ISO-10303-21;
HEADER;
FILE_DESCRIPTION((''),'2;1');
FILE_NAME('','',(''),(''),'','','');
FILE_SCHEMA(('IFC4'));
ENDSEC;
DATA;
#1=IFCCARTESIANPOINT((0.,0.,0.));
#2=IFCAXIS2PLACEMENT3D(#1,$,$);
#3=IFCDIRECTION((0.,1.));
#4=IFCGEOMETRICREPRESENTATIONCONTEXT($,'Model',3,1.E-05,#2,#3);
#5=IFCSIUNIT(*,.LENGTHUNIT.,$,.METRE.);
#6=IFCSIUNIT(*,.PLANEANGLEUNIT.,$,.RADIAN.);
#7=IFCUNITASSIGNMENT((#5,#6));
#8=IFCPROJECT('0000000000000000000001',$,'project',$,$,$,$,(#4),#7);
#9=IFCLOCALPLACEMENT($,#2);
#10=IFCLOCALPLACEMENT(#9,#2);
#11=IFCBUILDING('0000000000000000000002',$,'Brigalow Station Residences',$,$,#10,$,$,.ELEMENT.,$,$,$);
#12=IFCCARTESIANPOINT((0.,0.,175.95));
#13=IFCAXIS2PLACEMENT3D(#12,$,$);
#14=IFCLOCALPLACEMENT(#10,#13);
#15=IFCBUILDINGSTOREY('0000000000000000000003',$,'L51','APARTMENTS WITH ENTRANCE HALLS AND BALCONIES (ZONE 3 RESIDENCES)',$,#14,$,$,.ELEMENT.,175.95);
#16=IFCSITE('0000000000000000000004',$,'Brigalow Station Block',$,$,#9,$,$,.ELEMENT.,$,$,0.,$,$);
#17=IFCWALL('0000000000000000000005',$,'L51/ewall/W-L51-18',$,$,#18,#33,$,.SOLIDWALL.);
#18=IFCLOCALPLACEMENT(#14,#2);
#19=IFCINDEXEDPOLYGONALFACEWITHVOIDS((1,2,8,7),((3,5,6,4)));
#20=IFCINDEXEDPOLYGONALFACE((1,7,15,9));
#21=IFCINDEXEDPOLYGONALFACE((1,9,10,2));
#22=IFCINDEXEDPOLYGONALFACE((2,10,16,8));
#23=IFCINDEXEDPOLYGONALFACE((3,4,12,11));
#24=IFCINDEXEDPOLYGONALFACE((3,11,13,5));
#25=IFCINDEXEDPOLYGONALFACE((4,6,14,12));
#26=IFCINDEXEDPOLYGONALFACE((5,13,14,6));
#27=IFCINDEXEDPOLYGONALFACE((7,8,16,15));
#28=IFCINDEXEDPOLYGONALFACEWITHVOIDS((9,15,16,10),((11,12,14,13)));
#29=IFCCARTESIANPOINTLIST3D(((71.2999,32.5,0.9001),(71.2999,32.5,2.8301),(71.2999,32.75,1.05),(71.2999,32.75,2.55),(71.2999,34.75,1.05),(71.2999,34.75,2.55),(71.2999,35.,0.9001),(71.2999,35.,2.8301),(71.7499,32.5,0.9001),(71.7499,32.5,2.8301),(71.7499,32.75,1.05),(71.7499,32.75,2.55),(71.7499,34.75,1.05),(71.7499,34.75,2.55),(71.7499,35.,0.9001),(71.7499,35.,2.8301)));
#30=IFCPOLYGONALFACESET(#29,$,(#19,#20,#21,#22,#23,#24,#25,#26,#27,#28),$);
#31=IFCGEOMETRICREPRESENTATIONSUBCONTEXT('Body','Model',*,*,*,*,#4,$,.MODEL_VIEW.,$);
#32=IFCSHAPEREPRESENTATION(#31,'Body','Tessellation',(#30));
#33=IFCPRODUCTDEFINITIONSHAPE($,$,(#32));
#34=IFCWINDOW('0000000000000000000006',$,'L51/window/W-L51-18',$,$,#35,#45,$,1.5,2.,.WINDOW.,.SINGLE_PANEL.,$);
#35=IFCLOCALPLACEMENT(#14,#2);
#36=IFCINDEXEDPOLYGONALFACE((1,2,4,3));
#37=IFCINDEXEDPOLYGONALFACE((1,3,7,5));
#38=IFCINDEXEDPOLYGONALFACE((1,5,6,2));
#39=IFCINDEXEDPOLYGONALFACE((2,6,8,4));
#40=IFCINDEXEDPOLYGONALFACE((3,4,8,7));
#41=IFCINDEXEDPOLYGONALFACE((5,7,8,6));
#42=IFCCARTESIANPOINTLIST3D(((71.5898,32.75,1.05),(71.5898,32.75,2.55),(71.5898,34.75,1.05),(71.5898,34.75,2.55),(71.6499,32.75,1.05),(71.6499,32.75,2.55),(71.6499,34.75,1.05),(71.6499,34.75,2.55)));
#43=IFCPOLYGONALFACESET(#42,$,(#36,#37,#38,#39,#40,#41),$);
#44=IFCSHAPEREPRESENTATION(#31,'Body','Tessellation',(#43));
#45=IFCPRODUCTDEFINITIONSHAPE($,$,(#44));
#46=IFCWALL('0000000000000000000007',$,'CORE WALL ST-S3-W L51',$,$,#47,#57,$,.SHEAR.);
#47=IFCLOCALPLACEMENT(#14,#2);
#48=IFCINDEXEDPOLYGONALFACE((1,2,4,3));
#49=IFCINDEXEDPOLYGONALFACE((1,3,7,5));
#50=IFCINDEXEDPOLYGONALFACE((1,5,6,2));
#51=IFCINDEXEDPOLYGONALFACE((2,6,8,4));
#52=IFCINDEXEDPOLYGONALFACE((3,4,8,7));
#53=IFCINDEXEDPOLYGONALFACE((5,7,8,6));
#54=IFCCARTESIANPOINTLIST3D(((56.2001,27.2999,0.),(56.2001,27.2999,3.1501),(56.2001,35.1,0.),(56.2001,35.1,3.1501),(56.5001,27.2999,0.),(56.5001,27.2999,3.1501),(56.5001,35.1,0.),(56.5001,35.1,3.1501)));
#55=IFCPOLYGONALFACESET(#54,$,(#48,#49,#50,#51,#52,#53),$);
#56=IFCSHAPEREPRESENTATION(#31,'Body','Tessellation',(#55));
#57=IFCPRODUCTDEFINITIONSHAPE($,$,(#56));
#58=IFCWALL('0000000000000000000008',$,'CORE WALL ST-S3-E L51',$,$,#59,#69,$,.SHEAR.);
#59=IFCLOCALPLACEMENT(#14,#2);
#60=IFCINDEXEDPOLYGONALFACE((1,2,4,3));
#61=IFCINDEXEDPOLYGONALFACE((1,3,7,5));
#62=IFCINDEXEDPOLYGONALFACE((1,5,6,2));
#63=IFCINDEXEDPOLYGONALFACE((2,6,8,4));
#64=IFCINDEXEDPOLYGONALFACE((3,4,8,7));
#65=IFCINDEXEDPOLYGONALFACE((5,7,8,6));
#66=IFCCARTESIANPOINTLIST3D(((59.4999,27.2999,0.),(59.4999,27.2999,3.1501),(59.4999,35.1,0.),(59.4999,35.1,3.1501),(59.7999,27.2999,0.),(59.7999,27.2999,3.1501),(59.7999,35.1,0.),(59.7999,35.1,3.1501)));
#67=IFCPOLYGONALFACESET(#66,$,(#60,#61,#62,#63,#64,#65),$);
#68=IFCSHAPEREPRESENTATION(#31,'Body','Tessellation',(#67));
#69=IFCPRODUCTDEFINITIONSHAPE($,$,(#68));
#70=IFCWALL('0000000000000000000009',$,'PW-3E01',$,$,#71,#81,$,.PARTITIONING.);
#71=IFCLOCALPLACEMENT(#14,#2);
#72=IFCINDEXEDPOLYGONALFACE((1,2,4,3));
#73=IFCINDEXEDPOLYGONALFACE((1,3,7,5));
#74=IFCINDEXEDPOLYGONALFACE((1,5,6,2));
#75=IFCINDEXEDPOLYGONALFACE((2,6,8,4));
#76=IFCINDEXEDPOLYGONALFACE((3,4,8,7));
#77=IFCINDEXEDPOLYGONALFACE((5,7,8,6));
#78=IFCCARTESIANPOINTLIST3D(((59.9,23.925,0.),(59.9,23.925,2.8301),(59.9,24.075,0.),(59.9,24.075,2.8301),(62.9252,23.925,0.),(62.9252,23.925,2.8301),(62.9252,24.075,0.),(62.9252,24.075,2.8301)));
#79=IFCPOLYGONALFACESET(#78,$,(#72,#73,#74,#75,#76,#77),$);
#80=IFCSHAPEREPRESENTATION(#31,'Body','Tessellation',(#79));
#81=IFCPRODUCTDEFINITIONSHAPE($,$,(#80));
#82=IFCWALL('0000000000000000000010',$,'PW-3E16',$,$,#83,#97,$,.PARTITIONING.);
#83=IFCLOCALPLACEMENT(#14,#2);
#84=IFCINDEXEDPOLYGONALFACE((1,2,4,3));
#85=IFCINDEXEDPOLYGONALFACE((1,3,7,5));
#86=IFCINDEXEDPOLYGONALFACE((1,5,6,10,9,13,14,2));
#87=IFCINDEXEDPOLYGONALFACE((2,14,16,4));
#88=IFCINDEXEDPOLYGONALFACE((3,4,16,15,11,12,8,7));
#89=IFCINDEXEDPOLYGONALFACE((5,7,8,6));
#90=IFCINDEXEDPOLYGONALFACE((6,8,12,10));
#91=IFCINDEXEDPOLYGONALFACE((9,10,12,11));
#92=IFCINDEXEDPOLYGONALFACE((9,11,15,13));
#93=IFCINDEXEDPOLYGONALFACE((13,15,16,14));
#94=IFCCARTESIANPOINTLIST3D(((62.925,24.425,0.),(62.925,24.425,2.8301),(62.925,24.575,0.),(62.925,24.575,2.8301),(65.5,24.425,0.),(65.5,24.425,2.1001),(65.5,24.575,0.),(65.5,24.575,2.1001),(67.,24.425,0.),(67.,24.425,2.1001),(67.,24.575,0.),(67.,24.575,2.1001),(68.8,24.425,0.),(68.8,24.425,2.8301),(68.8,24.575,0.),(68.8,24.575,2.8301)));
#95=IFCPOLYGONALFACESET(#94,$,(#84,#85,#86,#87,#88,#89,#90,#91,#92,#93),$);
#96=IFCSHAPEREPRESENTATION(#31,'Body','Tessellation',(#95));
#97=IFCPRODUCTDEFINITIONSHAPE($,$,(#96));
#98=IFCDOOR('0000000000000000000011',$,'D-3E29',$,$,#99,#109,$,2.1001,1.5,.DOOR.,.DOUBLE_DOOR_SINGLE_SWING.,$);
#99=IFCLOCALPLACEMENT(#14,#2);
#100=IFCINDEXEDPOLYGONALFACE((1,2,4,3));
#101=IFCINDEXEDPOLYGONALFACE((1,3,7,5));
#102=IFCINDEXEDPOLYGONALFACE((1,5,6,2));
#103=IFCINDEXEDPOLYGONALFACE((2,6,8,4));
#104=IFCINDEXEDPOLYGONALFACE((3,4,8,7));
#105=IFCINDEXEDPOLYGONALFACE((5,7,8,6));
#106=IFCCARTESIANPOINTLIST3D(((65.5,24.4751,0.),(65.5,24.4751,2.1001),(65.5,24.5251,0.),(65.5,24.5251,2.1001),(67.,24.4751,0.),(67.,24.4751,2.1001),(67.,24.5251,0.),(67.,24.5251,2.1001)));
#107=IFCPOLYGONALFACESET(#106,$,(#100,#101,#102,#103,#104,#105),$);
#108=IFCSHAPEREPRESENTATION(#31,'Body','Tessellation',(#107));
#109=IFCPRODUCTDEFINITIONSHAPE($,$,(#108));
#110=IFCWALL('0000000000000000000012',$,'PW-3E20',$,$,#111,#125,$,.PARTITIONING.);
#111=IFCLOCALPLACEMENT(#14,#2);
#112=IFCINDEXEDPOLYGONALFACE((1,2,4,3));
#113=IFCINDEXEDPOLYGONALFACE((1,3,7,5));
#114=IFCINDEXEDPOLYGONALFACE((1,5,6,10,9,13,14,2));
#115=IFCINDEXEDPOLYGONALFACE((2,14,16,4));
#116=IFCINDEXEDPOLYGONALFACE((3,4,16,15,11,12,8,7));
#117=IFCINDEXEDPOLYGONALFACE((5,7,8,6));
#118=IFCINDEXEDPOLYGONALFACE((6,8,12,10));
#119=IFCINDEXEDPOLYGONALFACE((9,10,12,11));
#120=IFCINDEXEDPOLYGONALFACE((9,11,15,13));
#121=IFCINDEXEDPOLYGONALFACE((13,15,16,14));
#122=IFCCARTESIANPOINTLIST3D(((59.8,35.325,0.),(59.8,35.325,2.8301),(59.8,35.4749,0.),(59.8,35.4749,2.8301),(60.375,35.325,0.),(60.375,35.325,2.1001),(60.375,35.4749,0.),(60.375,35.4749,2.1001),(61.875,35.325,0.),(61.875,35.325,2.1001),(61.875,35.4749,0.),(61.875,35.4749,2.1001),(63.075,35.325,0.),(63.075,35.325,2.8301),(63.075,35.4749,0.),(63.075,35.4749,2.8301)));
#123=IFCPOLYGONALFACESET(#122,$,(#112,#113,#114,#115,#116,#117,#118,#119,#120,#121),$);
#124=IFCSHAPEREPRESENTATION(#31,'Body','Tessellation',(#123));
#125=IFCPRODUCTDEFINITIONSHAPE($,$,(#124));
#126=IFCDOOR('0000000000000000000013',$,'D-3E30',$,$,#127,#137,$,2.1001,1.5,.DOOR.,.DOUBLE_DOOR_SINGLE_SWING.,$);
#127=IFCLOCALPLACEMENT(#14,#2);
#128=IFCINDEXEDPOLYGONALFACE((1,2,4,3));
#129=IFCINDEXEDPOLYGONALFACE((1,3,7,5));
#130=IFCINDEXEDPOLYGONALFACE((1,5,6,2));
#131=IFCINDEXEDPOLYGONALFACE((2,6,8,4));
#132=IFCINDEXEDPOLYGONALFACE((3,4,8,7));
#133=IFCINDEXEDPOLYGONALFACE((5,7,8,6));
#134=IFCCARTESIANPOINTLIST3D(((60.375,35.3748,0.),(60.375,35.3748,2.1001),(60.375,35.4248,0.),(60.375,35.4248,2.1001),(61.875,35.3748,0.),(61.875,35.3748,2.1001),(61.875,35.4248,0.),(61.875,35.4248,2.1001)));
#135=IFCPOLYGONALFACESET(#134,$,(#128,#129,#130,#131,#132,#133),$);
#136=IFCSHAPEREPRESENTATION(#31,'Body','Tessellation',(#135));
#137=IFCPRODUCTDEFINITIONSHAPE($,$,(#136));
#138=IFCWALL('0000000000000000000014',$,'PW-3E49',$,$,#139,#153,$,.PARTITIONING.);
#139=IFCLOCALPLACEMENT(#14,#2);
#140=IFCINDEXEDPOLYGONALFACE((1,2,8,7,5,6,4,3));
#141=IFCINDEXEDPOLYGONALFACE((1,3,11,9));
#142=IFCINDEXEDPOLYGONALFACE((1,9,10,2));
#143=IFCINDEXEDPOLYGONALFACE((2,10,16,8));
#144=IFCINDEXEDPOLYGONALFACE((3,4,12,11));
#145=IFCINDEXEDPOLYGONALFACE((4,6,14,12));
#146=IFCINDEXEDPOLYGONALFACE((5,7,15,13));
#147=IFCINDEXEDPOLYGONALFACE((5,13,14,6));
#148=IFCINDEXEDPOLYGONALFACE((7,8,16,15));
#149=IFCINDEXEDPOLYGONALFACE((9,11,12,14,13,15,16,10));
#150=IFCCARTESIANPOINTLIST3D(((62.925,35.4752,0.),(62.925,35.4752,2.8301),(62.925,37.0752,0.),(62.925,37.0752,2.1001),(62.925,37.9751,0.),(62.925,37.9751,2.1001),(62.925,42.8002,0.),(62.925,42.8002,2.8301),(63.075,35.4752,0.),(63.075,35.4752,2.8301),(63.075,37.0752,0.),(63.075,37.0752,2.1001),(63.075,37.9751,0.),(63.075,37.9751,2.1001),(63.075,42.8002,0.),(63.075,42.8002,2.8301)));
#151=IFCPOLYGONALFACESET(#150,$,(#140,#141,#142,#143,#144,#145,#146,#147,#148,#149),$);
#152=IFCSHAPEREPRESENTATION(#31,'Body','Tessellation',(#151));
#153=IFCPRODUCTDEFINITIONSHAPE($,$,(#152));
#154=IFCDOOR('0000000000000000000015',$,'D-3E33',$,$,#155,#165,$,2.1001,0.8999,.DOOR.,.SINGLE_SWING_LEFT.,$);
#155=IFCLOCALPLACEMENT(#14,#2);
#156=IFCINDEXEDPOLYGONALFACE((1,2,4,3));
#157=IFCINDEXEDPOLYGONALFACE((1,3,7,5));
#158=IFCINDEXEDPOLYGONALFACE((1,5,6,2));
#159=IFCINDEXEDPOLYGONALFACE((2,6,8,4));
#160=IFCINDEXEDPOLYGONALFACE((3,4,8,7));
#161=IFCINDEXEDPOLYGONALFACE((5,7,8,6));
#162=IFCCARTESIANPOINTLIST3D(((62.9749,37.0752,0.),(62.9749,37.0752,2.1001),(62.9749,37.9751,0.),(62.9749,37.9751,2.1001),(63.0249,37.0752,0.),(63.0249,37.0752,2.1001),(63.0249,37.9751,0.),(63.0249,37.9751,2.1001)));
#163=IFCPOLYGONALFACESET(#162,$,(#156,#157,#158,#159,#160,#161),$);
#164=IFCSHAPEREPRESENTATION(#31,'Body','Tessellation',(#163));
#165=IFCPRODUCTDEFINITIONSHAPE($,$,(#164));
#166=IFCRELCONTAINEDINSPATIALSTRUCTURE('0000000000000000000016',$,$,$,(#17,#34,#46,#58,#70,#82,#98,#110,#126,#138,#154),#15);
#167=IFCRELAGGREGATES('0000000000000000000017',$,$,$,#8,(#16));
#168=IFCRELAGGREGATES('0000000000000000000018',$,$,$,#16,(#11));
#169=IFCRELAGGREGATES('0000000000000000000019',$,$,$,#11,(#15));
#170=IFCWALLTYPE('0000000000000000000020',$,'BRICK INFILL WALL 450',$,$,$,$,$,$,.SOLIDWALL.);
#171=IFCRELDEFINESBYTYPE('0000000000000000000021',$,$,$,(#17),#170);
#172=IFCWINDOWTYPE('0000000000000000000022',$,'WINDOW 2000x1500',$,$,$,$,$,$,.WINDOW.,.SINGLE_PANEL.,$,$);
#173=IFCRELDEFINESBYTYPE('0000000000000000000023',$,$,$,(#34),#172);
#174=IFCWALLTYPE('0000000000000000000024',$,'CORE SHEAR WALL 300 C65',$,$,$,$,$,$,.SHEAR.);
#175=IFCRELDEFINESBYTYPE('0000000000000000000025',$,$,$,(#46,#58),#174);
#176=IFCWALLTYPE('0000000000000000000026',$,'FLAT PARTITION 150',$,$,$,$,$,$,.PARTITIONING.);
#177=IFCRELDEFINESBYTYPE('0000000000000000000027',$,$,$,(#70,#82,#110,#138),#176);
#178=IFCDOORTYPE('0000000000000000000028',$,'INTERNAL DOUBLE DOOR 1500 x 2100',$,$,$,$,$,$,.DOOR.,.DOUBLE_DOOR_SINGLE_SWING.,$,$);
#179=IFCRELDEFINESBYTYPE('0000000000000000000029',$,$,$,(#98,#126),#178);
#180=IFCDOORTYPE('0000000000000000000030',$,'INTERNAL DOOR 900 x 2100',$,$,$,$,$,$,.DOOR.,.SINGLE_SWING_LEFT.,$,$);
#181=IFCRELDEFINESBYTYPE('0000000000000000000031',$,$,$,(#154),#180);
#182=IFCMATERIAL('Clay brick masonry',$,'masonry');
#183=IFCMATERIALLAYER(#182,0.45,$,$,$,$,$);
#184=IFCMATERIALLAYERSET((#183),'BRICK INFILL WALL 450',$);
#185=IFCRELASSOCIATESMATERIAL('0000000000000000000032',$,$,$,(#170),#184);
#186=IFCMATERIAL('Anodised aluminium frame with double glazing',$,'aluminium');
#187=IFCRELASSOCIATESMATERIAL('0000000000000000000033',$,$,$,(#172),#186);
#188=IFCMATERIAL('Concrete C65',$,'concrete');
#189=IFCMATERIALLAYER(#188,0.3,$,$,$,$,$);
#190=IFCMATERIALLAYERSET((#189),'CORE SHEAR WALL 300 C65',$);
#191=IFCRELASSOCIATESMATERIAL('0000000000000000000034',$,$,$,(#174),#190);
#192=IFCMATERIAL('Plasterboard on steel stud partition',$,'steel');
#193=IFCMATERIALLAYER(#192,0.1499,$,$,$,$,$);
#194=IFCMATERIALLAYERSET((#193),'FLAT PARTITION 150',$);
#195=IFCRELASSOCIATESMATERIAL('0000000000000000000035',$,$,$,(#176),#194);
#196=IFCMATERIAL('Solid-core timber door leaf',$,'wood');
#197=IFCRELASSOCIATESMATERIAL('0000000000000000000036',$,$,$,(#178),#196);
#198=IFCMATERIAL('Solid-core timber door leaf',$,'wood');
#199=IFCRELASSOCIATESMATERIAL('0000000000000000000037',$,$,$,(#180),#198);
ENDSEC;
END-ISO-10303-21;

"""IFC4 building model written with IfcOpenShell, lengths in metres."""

from ifc_helpers import new_model, si_unit, direction, frame, frame_2d, origin, place, context, subcontext, project, spatial, rectangle, extrude, material, layer, layer_set, type_object, element, fill, save


model = new_model("IFC4")

# Units and contexts
model_context = context("Model", 3, precision=1e-05, world=origin(), true_north=direction((0.0, 1.0)))
body_context = subcontext(model_context, "Body", "Model", "MODEL_VIEW")
ifc_project = project(units=[si_unit("LENGTHUNIT", "METRE"), si_unit("PLANEANGLEUNIT", "RADIAN")], contexts=[model_context])

# Site, building, storey
site_placement = place(None, origin())
site = spatial("IfcSite", under=ifc_project, at=site_placement, Name="Brigalow Station Block", CompositionType="ELEMENT", RefElevation=0.0)
building_placement = place(site_placement, origin())
building = spatial("IfcBuilding", under=site, at=building_placement, Name="Brigalow Station Residences", CompositionType="ELEMENT")
storey_placement = place(building_placement, frame((0.0, 0.0, 175.95)))
storey = spatial("IfcBuildingStorey", under=building, at=storey_placement, Name="L51", Description="APARTMENTS WITH ENTRANCE HALLS AND BALCONIES (ZONE 3 RESIDENCES)", CompositionType="ELEMENT", Elevation=175.95)

# Shared definitions
ifc_material_1 = material(Name="Clay brick masonry", Category="masonry")
ifc_layer_1 = layer(ifc_material_1, 0.45)
ifc_layer_set_1 = layer_set([ifc_layer_1], Name="BRICK INFILL WALL 450")
wall_type_1 = type_object("IfcWallType", Name="BRICK INFILL WALL 450", PredefinedType="SOLIDWALL", material=ifc_layer_set_1)

# Wall, opening, window
wall_1_placement = place(storey_placement, frame((71.5249, 32.5, 0.9001), z_axis=(0.0, 0.0, 1.0), x_axis=(0.0, 1.0, 0.0)))
wall_1 = element("IfcWall", 1, at=wall_1_placement, inside=storey, type_object=wall_type_1, Name="L51/ewall/W-L51-18", PredefinedType="SOLIDWALL", context=body_context, shape_type="SweptSolid", body=[
    extrude(rectangle(XDim=2.5, YDim=0.45, at=frame_2d((1.25, 0.0))), origin(), (0.0, 0.0, 1.0), 1.9299),
])
opening_1_placement = place(wall_1_placement, frame((0.25, 0.0, 0.1499)))
opening_1 = element("IfcOpeningElement", 2, at=opening_1_placement, cuts=wall_1, PredefinedType="OPENING", context=body_context, shape_type="SweptSolid", body=[
    extrude(rectangle(XDim=2.0, YDim=1.5, at=frame_2d((1.0, 0.75))), frame((0.0, 0.2349, 0.0), z_axis=(0.0, -1.0, 0.0), x_axis=(1.0, 0.0, 0.0)), (0.0, 0.0, 1.0), 0.47),
])
ifc_material_2 = material(Name="Anodised aluminium frame with double glazing", Category="aluminium")
window_type_1 = type_object("IfcWindowType", Name="WINDOW 2000x1500", PartitioningType="SINGLE_PANEL", PredefinedType="WINDOW", material=ifc_material_2)
window_1_placement = place(opening_1_placement, origin())
window_1 = element("IfcWindow", 3, at=window_1_placement, inside=storey, type_object=window_type_1, Name="L51/window/W-L51-18", OverallHeight=1.5, OverallWidth=2.0, PartitioningType="SINGLE_PANEL", PredefinedType="WINDOW", context=body_context, shape_type="SweptSolid", body=[
    extrude(rectangle(XDim=2.0, YDim=1.5, at=frame_2d((1.0, 0.75))), frame((0.0, -0.0649, 0.0), z_axis=(0.0, -1.0, 0.0), x_axis=(1.0, 0.0, 0.0)), (0.0, 0.0, 1.0), 0.0601),
])
fill(opening_1, window_1)

# Walls
ifc_material_3 = material(Name="Concrete C65", Category="concrete")
ifc_layer_2 = layer(ifc_material_3, 0.3)
ifc_layer_set_2 = layer_set([ifc_layer_2], Name="CORE SHEAR WALL 300 C65")
wall_type_2 = type_object("IfcWallType", Name="CORE SHEAR WALL 300 C65", PredefinedType="SHEAR", material=ifc_layer_set_2)
for number, where, z_axis, x_axis, name in (
    (4, (56.3501, 27.3, 0.0), (0.0, 0.0, 1.0), (0.0, 1.0, 0.0), "CORE WALL ST-S3-W L51"),
    (5, (59.6499, 27.3, 0.0), (0.0, 0.0, 1.0), (0.0, 1.0, 0.0), "CORE WALL ST-S3-E L51"),
):
    element("IfcWall", number, at=place(storey_placement, frame(where, z_axis=z_axis, x_axis=x_axis)), inside=storey, type_object=wall_type_2, Name=name, PredefinedType="SHEAR", context=body_context, shape_type="SweptSolid", body=[
        extrude(rectangle(XDim=7.8, YDim=0.3, at=frame_2d((3.8999, 0.0))), origin(), (0.0, 0.0, 1.0), 3.1501),
    ])
ifc_material_4 = material(Name="Plasterboard on steel stud partition", Category="steel")
ifc_layer_3 = layer(ifc_material_4, 0.1499)
ifc_layer_set_3 = layer_set([ifc_layer_3], Name="FLAT PARTITION 150")
wall_type_3 = type_object("IfcWallType", Name="FLAT PARTITION 150", PredefinedType="PARTITIONING", material=ifc_layer_set_3)
wall_2_placement = place(storey_placement, frame((59.8999, 24.0, 0.0), z_axis=(0.0, 0.0, 1.0), x_axis=(1.0, 0.0, 0.0)))
element("IfcWall", 6, at=wall_2_placement, inside=storey, type_object=wall_type_3, Name="PW-3E01", PredefinedType="PARTITIONING", context=body_context, shape_type="SweptSolid", body=[
    extrude(rectangle(XDim=3.0251, YDim=0.1499, at=frame_2d((1.5127, 0.0))), origin(), (0.0, 0.0, 1.0), 2.8301),
])

# Walls, openings, doors
wall_3_placement = place(storey_placement, frame((62.925, 24.5, 0.0), z_axis=(0.0, 0.0, 1.0), x_axis=(1.0, 0.0, 0.0)))
wall_3 = element("IfcWall", 7, at=wall_3_placement, inside=storey, type_object=wall_type_3, Name="PW-3E16", PredefinedType="PARTITIONING", context=body_context, shape_type="SweptSolid", body=[
    extrude(rectangle(XDim=5.875, YDim=0.1499, at=frame_2d((2.9375, 0.0))), origin(), (0.0, 0.0, 1.0), 2.8301),
])
opening_2_placement = place(wall_3_placement, frame((2.575, 0.0, 0.0)))
opening_2 = element("IfcOpeningElement", 8, at=opening_2_placement, cuts=wall_3, PredefinedType="OPENING", context=body_context, shape_type="SweptSolid", body=[
    extrude(rectangle(XDim=1.5, YDim=2.1001, at=frame_2d((0.75, 1.05))), frame((0.0, 0.085, 0.0), z_axis=(0.0, -1.0, 0.0), x_axis=(1.0, 0.0, 0.0)), (0.0, 0.0, 1.0), 0.1699),
])
ifc_material_5 = material(Name="Solid-core timber door leaf", Category="wood")
door_type_1 = type_object("IfcDoorType", Name="INTERNAL DOUBLE DOOR 1500 x 2100", OperationType="DOUBLE_DOOR_SINGLE_SWING", PredefinedType="DOOR", material=ifc_material_5)
door_1_placement = place(opening_2_placement, frame((1.5, 0.0, 0.0), z_axis=(0.0, 0.0, 1.0), x_axis=(-1.0, 0.0, 0.0)))
door_1 = element("IfcDoor", 9, at=door_1_placement, inside=storey, type_object=door_type_1, Name="D-3E29", OperationType="DOUBLE_DOOR_SINGLE_SWING", OverallHeight=2.1001, OverallWidth=1.5, PredefinedType="DOOR", context=body_context, shape_type="SweptSolid", body=[
    extrude(rectangle(XDim=1.5, YDim=2.1001, at=frame_2d((0.75, 1.05))), frame((0.0, 0.0249, 0.0), z_axis=(0.0, -1.0, 0.0), x_axis=(1.0, 0.0, 0.0)), (0.0, 0.0, 1.0), 0.05),
])
fill(opening_2, door_1)
wall_4_placement = place(storey_placement, frame((59.8, 35.3999, 0.0), z_axis=(0.0, 0.0, 1.0), x_axis=(1.0, 0.0, 0.0)))
wall_4 = element("IfcWall", 10, at=wall_4_placement, inside=storey, type_object=wall_type_3, Name="PW-3E20", PredefinedType="PARTITIONING", context=body_context, shape_type="SweptSolid", body=[
    extrude(rectangle(XDim=3.2749, YDim=0.1499, at=frame_2d((1.6375, 0.0))), origin(), (0.0, 0.0, 1.0), 2.8301),
])
opening_3_placement = place(wall_4_placement, frame((0.575, 0.0, 0.0)))
opening_3 = element("IfcOpeningElement", 11, at=opening_3_placement, cuts=wall_4, PredefinedType="OPENING", context=body_context, shape_type="SweptSolid", body=[
    extrude(rectangle(XDim=1.5, YDim=2.1001, at=frame_2d((0.75, 1.05))), frame((0.0, 0.085, 0.0), z_axis=(0.0, -1.0, 0.0), x_axis=(1.0, 0.0, 0.0)), (0.0, 0.0, 1.0), 0.1699),
])
door_2_placement = place(opening_3_placement, origin())
door_2 = element("IfcDoor", 12, at=door_2_placement, inside=storey, type_object=door_type_1, Name="D-3E30", OperationType="DOUBLE_DOOR_SINGLE_SWING", OverallHeight=2.1001, OverallWidth=1.5, PredefinedType="DOOR", context=body_context, shape_type="SweptSolid", body=[
    extrude(rectangle(XDim=1.5, YDim=2.1001, at=frame_2d((0.75, 1.05))), frame((0.0, 0.0249, 0.0), z_axis=(0.0, -1.0, 0.0), x_axis=(1.0, 0.0, 0.0)), (0.0, 0.0, 1.0), 0.05),
])
fill(opening_3, door_2)
wall_5_placement = place(storey_placement, frame((63.0, 35.4751, 0.0), z_axis=(0.0, 0.0, 1.0), x_axis=(0.0, 1.0, 0.0)))
wall_5 = element("IfcWall", 13, at=wall_5_placement, inside=storey, type_object=wall_type_3, Name="PW-3E49", PredefinedType="PARTITIONING", context=body_context, shape_type="SweptSolid", body=[
    extrude(rectangle(XDim=7.325, YDim=0.1499, at=frame_2d((3.6626, 0.0))), origin(), (0.0, 0.0, 1.0), 2.8301),
])
opening_4_placement = place(wall_5_placement, frame((1.6001, 0.0, 0.0)))
opening_4 = element("IfcOpeningElement", 14, at=opening_4_placement, cuts=wall_5, PredefinedType="OPENING", context=body_context, shape_type="SweptSolid", body=[
    extrude(rectangle(XDim=0.8999, YDim=2.1001, at=frame_2d((0.45, 1.05))), frame((0.0, 0.085, 0.0), z_axis=(0.0, -1.0, 0.0), x_axis=(1.0, 0.0, 0.0)), (0.0, 0.0, 1.0), 0.1699),
])
ifc_material_6 = material(Name="Solid-core timber door leaf", Category="wood")
door_type_2 = type_object("IfcDoorType", Name="INTERNAL DOOR 900 x 2100", OperationType="SINGLE_SWING_LEFT", PredefinedType="DOOR", material=ifc_material_6)
door_3_placement = place(opening_4_placement, frame((0.8999, 0.0, 0.0), z_axis=(0.0, 0.0, 1.0), x_axis=(-1.0, 0.0, 0.0)))
door_3 = element("IfcDoor", 15, at=door_3_placement, inside=storey, type_object=door_type_2, Name="D-3E33", OperationType="SINGLE_SWING_LEFT", OverallHeight=2.1001, OverallWidth=0.8999, PredefinedType="DOOR", context=body_context, shape_type="SweptSolid", body=[
    extrude(rectangle(XDim=0.8999, YDim=2.1001, at=frame_2d((0.45, 1.05))), frame((0.0, 0.0249, 0.0), z_axis=(0.0, -1.0, 0.0), x_axis=(1.0, 0.0, 0.0)), (0.0, 0.0, 1.0), 0.05),
])
fill(opening_4, door_3)

save(model, "model.ifc")
